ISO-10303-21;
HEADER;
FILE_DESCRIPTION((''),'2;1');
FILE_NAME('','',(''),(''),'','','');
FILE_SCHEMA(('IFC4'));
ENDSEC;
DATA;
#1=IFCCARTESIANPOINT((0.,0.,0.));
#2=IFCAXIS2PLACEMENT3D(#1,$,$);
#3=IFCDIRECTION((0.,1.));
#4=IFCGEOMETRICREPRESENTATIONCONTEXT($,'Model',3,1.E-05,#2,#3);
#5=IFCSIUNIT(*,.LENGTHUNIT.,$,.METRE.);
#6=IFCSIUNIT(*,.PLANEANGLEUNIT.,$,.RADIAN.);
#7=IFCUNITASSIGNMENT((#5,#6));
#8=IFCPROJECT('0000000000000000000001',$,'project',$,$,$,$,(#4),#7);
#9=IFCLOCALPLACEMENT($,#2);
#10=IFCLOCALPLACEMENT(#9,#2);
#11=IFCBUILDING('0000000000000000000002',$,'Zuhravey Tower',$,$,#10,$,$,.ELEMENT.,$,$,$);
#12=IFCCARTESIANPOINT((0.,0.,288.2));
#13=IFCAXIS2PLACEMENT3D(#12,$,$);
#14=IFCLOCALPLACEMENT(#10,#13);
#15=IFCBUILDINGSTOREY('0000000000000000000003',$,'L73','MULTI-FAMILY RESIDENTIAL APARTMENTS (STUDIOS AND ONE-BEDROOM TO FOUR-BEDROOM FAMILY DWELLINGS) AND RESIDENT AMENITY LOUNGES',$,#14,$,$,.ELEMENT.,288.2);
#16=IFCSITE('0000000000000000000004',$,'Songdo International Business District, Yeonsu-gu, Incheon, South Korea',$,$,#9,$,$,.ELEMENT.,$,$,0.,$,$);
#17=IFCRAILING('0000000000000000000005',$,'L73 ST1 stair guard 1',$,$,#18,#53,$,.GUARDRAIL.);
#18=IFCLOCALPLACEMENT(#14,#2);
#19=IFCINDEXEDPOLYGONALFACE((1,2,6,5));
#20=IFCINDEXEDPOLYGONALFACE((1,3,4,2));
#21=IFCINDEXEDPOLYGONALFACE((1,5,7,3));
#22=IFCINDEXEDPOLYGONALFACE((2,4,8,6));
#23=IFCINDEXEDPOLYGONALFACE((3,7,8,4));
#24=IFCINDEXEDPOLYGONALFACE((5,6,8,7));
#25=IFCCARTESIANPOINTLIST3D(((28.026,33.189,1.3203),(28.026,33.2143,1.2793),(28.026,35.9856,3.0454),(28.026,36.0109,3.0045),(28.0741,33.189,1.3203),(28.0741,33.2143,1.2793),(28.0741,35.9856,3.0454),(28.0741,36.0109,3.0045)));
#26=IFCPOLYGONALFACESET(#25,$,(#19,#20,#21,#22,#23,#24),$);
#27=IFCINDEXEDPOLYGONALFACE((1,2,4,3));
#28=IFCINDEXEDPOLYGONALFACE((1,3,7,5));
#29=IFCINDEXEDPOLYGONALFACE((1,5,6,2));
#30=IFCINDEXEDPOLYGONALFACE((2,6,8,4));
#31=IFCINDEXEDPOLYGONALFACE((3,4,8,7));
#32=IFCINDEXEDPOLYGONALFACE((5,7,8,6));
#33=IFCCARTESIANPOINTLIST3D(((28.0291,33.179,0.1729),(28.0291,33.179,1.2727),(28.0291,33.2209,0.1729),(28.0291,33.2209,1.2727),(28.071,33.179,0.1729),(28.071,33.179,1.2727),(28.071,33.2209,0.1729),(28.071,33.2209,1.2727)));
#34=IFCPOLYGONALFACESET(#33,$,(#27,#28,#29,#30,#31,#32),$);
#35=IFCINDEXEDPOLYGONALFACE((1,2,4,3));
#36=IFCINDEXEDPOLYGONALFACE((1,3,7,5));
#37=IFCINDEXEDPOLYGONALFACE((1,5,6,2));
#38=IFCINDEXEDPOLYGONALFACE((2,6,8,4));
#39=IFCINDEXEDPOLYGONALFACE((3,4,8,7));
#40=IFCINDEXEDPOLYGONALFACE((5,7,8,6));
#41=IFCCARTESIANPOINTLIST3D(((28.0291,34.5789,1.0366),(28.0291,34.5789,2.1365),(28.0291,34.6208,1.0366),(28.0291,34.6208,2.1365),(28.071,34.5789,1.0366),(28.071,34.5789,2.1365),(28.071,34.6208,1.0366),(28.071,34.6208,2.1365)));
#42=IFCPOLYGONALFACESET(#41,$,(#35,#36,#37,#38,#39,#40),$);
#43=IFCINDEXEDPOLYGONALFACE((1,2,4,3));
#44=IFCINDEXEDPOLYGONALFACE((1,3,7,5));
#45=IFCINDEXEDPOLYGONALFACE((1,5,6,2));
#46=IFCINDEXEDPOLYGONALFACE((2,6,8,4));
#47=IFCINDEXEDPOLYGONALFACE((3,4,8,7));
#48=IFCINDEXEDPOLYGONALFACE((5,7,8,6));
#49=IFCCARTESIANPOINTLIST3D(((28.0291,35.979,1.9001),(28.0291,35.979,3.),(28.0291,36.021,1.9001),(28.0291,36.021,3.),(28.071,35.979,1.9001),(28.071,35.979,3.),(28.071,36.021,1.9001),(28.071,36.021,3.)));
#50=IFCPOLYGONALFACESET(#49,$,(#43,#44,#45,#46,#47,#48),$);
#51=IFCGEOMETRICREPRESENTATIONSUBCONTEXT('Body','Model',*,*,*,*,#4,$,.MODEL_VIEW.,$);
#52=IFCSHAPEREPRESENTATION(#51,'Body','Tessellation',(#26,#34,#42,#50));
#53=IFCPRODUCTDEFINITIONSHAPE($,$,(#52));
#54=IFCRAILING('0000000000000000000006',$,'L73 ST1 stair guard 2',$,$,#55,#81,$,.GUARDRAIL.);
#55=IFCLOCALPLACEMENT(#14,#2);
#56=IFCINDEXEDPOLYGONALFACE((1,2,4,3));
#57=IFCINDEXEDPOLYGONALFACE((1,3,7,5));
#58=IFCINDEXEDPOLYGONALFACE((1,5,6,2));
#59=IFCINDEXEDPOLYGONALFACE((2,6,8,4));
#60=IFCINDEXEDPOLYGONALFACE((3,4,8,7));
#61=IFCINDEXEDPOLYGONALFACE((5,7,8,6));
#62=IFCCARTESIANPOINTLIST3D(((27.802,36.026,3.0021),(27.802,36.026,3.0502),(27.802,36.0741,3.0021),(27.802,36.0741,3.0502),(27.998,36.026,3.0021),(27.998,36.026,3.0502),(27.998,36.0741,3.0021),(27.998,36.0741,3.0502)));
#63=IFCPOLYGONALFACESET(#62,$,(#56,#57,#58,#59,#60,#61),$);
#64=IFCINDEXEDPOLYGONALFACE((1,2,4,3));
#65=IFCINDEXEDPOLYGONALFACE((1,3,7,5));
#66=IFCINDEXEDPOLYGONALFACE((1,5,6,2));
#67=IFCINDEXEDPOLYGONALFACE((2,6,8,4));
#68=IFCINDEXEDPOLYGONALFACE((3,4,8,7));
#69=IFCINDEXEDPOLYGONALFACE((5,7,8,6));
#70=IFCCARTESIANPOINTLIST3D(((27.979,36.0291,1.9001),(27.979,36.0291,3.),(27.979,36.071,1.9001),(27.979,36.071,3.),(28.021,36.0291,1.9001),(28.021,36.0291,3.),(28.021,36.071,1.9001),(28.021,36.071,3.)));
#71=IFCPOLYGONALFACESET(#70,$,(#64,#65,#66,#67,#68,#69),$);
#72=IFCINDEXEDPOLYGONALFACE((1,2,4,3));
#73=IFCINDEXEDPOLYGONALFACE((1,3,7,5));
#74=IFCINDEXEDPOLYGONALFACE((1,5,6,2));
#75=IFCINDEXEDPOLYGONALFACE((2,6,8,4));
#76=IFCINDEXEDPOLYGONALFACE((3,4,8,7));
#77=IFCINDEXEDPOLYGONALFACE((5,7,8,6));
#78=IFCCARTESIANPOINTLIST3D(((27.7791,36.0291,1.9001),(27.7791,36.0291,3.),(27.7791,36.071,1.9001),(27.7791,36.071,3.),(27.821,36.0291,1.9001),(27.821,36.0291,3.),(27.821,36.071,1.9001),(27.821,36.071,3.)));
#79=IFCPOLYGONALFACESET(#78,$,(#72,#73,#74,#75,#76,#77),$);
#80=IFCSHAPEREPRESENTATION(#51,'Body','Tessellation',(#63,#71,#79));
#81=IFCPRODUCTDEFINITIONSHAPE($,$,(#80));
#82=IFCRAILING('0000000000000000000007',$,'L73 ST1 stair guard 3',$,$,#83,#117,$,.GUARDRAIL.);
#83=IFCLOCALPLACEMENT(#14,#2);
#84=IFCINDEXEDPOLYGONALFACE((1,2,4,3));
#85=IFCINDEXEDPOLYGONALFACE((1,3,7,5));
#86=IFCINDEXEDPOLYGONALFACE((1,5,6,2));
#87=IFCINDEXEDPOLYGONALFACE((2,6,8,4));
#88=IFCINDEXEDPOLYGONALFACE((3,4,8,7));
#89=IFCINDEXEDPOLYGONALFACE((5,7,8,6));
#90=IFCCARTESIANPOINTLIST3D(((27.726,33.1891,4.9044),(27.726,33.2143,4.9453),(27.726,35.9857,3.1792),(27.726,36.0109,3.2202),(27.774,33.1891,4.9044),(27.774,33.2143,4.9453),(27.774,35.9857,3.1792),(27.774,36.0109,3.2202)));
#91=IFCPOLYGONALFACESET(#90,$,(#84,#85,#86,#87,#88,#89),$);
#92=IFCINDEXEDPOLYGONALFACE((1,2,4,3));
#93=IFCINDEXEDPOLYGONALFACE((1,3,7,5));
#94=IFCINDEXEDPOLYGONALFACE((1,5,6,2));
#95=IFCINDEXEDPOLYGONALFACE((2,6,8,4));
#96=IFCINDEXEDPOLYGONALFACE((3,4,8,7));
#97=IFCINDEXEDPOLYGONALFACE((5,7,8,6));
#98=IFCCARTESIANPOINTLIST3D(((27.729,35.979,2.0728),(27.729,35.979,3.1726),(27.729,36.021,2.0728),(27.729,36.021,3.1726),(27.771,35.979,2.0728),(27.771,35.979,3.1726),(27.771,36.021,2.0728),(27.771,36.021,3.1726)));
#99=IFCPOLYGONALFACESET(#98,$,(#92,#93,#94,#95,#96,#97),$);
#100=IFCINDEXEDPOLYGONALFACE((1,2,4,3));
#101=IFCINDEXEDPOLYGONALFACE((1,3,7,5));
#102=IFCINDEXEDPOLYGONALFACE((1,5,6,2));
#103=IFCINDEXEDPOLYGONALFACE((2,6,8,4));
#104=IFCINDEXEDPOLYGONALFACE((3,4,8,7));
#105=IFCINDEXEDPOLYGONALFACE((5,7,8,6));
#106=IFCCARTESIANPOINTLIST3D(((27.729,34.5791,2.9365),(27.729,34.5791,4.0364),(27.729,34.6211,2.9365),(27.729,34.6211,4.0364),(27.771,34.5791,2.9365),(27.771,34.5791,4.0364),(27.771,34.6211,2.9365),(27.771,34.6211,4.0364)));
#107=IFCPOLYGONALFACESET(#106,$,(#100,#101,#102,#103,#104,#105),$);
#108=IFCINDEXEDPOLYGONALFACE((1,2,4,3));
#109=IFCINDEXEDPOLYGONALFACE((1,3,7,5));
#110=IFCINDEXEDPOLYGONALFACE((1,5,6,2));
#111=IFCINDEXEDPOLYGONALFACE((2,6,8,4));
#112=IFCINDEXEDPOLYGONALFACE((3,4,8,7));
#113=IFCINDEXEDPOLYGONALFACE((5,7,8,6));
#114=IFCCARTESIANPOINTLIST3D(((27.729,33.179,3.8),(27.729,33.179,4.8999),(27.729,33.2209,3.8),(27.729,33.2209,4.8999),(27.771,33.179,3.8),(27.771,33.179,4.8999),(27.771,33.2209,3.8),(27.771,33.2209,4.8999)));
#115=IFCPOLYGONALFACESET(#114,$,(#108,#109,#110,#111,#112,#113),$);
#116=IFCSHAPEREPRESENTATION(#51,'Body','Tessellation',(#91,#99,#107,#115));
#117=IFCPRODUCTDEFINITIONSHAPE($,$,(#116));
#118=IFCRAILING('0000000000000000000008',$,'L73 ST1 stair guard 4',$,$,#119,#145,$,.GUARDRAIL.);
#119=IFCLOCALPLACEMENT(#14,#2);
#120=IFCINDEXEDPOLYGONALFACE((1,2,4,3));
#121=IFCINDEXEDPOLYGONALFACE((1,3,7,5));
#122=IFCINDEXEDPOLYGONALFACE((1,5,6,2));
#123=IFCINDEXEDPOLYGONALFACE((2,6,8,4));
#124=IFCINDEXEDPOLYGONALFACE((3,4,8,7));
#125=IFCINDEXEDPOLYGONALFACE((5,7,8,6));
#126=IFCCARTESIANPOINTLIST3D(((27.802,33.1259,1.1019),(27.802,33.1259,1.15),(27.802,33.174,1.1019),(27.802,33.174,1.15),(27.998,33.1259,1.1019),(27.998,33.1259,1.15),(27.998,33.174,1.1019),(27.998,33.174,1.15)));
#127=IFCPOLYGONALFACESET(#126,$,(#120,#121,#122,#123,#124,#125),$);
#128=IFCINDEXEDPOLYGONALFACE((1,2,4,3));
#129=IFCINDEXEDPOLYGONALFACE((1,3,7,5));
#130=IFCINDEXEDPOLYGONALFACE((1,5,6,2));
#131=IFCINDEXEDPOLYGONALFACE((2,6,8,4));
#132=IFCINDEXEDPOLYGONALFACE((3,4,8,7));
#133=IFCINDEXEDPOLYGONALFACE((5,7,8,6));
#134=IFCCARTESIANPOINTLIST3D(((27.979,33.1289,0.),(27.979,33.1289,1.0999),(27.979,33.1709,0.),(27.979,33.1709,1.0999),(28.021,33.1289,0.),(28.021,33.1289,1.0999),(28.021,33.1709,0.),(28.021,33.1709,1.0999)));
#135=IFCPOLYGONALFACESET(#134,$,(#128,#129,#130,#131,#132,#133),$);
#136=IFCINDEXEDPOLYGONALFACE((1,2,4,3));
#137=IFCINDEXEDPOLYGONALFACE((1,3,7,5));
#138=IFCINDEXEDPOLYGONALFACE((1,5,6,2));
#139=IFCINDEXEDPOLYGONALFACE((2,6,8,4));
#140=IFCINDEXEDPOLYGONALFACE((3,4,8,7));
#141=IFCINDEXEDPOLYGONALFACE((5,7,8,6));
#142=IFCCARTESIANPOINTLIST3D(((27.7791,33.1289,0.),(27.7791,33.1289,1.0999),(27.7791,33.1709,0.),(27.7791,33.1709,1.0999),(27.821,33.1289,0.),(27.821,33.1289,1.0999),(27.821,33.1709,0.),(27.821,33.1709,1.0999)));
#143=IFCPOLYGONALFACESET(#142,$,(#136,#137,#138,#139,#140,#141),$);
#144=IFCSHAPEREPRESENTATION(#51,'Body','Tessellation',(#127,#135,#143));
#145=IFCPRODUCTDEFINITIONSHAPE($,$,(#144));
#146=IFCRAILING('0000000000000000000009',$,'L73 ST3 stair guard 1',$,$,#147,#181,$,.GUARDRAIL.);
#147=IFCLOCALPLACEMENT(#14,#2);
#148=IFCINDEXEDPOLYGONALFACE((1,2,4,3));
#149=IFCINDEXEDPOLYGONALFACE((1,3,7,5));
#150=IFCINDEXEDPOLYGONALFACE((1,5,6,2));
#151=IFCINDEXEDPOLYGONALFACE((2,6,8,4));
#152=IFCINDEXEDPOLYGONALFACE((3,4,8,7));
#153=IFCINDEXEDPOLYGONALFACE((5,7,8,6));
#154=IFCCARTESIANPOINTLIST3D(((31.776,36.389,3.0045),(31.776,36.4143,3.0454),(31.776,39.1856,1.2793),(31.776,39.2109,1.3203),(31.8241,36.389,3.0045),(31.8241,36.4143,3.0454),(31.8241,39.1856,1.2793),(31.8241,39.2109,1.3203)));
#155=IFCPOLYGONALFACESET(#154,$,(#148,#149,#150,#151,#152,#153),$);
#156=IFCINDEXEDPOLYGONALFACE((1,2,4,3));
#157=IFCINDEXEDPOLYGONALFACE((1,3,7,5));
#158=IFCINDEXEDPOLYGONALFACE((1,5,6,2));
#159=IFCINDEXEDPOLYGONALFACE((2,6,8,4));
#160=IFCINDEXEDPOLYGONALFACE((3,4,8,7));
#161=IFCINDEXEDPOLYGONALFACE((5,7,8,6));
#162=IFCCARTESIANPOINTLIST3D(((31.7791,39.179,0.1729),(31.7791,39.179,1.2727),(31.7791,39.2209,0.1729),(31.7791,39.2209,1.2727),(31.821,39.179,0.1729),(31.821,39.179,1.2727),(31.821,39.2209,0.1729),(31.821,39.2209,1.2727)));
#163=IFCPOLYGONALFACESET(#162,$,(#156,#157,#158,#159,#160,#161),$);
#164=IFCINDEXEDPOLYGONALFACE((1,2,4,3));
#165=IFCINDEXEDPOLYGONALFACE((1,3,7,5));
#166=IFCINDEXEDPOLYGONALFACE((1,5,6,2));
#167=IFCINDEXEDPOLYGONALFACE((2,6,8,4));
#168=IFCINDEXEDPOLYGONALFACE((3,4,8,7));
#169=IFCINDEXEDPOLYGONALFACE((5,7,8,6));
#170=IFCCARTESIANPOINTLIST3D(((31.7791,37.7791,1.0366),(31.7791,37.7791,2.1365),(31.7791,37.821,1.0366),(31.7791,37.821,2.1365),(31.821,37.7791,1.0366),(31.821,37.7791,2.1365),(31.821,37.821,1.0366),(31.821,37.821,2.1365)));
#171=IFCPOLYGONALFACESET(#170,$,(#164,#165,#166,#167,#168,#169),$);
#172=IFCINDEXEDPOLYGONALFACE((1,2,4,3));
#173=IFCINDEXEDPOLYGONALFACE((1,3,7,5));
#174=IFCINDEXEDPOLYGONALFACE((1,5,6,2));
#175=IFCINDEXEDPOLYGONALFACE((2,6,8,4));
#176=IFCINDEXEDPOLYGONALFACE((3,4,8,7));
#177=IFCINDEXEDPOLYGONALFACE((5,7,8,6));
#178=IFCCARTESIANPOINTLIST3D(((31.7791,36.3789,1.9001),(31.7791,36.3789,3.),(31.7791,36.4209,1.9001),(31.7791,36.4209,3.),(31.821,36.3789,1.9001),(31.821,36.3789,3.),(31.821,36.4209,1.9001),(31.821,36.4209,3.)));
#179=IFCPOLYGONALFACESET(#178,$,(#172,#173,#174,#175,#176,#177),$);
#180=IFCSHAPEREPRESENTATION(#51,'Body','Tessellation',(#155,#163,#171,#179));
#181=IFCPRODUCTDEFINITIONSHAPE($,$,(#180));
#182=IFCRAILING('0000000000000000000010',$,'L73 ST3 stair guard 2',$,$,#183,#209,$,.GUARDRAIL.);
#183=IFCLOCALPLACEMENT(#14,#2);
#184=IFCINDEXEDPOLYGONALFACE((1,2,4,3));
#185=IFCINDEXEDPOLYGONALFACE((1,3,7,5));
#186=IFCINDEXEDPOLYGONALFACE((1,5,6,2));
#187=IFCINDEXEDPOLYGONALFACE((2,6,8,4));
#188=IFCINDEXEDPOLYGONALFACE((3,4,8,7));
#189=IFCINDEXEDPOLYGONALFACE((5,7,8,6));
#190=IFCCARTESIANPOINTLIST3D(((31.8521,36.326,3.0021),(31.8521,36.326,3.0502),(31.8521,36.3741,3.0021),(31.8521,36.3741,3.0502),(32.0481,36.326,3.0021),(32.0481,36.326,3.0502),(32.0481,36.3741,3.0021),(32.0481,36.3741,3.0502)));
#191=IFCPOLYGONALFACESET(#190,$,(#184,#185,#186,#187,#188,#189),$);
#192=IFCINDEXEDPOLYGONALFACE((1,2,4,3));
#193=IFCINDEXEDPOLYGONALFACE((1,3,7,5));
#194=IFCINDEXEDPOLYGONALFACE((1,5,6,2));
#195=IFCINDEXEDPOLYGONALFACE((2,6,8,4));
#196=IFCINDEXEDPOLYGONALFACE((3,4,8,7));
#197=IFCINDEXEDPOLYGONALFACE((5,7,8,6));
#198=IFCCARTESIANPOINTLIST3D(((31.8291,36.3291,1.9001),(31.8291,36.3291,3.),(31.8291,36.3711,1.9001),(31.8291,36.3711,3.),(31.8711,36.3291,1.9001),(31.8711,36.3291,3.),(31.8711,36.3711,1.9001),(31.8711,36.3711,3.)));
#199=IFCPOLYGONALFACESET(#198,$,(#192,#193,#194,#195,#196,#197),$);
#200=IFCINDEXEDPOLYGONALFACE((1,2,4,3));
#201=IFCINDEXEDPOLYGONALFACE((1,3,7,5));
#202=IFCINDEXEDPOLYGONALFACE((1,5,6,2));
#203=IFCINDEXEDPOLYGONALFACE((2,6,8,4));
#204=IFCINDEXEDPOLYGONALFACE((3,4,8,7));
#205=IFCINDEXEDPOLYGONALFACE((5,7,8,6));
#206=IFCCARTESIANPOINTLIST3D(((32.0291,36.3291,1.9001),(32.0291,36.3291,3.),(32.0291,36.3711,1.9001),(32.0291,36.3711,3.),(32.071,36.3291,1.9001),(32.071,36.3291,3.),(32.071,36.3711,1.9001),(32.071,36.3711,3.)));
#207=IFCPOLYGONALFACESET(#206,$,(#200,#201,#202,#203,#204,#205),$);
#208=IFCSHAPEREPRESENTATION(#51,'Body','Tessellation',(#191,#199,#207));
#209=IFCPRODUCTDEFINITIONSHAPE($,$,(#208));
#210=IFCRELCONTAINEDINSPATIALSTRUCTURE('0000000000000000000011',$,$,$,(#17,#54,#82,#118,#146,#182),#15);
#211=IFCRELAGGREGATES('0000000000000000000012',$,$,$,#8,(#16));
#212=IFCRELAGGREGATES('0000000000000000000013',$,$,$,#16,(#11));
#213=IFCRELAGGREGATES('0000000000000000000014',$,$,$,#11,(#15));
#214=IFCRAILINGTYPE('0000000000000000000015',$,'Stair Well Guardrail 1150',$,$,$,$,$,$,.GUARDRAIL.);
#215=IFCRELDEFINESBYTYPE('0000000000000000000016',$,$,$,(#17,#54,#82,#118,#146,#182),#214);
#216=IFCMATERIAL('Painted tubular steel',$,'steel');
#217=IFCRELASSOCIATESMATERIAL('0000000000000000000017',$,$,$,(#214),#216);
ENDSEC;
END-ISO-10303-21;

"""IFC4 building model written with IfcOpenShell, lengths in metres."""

from ifc_helpers import new_model, si_unit, direction, frame, origin, origin_2d, place, context, subcontext, project, spatial, rectangle, extrude, material, type_object, element, save


model = new_model("IFC4")

# Units and contexts
model_context = context("Model", 3, precision=1e-05, world=origin(), true_north=direction((0.0, 1.0)))
body_context = subcontext(model_context, "Body", "Model", "MODEL_VIEW")
ifc_project = project(units=[si_unit("LENGTHUNIT", "METRE"), si_unit("PLANEANGLEUNIT", "RADIAN")], contexts=[model_context])

# Site, building, storey
site_placement = place(None, origin())
site = spatial("IfcSite", under=ifc_project, at=site_placement, Name="Songdo International Business District, Yeonsu-gu, Incheon, South Korea", CompositionType="ELEMENT", RefElevation=0.0)
building_placement = place(site_placement, origin())
building = spatial("IfcBuilding", under=site, at=building_placement, Name="Zuhravey Tower", CompositionType="ELEMENT")
storey_placement = place(building_placement, frame((0.0, 0.0, 288.2)))
storey = spatial("IfcBuildingStorey", under=building, at=storey_placement, Name="L73", Description="MULTI-FAMILY RESIDENTIAL APARTMENTS (STUDIOS AND ONE-BEDROOM TO FOUR-BEDROOM FAMILY DWELLINGS) AND RESIDENT AMENITY LOUNGES", CompositionType="ELEMENT", Elevation=288.2)

# Railings
ifc_material_1 = material(Name="Painted tubular steel", Category="steel")
railing_type_1 = type_object("IfcRailingType", Name="Stair Well Guardrail 1150", PredefinedType="GUARDRAIL", material=ifc_material_1)
railing_1_placement = place(storey_placement, frame((28.05, 33.2, 0.1729)))
element("IfcRailing", 1, at=railing_1_placement, inside=storey, type_object=railing_type_1, Name="L73 ST1 stair guard 1", PredefinedType="GUARDRAIL", context=body_context, shape_type="SweptSolid", body=[
    extrude(rectangle(XDim=0.0481, YDim=0.0481, at=origin_2d()), frame((0.0, 0.0017, 1.127), z_axis=(0.0, 0.85109, 0.52502), x_axis=(-1.0, 0.0, 0.0)), (0.0, 0.0, 1.0), 3.2859),
    extrude(rectangle(XDim=0.042, YDim=0.042, at=origin_2d()), origin(), (0.0, 0.0, 1.0), 1.0999),
    extrude(rectangle(XDim=0.042, YDim=0.042, at=origin_2d()), frame((0.0, 1.3999, 0.8638)), (0.0, 0.0, 1.0), 1.0999),
    extrude(rectangle(XDim=0.042, YDim=0.042, at=origin_2d()), frame((0.0, 2.8, 1.7273)), (0.0, 0.0, 1.0), 1.0999),
])
railing_2_placement = place(storey_placement, frame((28.0, 36.05, 1.9001)))
element("IfcRailing", 2, at=railing_2_placement, inside=storey, type_object=railing_type_1, Name="L73 ST1 stair guard 2", PredefinedType="GUARDRAIL", context=body_context, shape_type="SweptSolid", body=[
    extrude(rectangle(XDim=0.0481, YDim=0.0481, at=origin_2d()), frame((-0.002, 0.0, 1.126), z_axis=(-1.0, 0.0, 0.0), x_axis=(0.0, -1.0, 0.0)), (0.0, 0.0, 1.0), 0.196),
    extrude(rectangle(XDim=0.042, YDim=0.042, at=origin_2d()), origin(), (0.0, 0.0, 1.0), 1.0999),
    extrude(rectangle(XDim=0.042, YDim=0.042, at=origin_2d()), frame((-0.2, 0.0, 0.0)), (0.0, 0.0, 1.0), 1.0999),
])
railing_3_placement = place(storey_placement, frame((27.75, 36.0, 2.0728)))
element("IfcRailing", 3, at=railing_3_placement, inside=storey, type_object=railing_type_1, Name="L73 ST1 stair guard 3", PredefinedType="GUARDRAIL", context=body_context, shape_type="SweptSolid", body=[
    extrude(rectangle(XDim=0.0481, YDim=0.0481, at=origin_2d()), frame((0.0, -0.0017, 1.127), z_axis=(0.0, -0.85109, 0.52502), x_axis=(1.0, 0.0, 0.0)), (0.0, 0.0, 1.0), 3.2859),
    extrude(rectangle(XDim=0.042, YDim=0.042, at=origin_2d()), origin(), (0.0, 0.0, 1.0), 1.0999),
    extrude(rectangle(XDim=0.042, YDim=0.042, at=origin_2d()), frame((0.0, -1.3999, 0.8638)), (0.0, 0.0, 1.0), 1.0999),
    extrude(rectangle(XDim=0.042, YDim=0.042, at=origin_2d()), frame((0.0, -2.8, 1.7273)), (0.0, 0.0, 1.0), 1.0999),
])
railing_4_placement = place(storey_placement, frame((28.0, 33.1499, 0.0)))
element("IfcRailing", 4, at=railing_4_placement, inside=storey, type_object=railing_type_1, Name="L73 ST1 stair guard 4", PredefinedType="GUARDRAIL", context=body_context, shape_type="SweptSolid", body=[
    extrude(rectangle(XDim=0.0481, YDim=0.0481, at=origin_2d()), frame((-0.002, 0.0, 1.126), z_axis=(-1.0, 0.0, 0.0), x_axis=(0.0, -1.0, 0.0)), (0.0, 0.0, 1.0), 0.196),
    extrude(rectangle(XDim=0.042, YDim=0.042, at=origin_2d()), origin(), (0.0, 0.0, 1.0), 1.0999),
    extrude(rectangle(XDim=0.042, YDim=0.042, at=origin_2d()), frame((-0.2, 0.0, 0.0)), (0.0, 0.0, 1.0), 1.0999),
])
railing_5_placement = place(storey_placement, frame((31.8, 39.2, 0.1729)))
element("IfcRailing", 5, at=railing_5_placement, inside=storey, type_object=railing_type_1, Name="L73 ST3 stair guard 1", PredefinedType="GUARDRAIL", context=body_context, shape_type="SweptSolid", body=[
    extrude(rectangle(XDim=0.0481, YDim=0.0481, at=origin_2d()), frame((0.0, -0.0017, 1.127), z_axis=(0.0, -0.85109, 0.52502), x_axis=(1.0, 0.0, 0.0)), (0.0, 0.0, 1.0), 3.2859),
    extrude(rectangle(XDim=0.042, YDim=0.042, at=origin_2d()), origin(), (0.0, 0.0, 1.0), 1.0999),
    extrude(rectangle(XDim=0.042, YDim=0.042, at=origin_2d()), frame((0.0, -1.3999, 0.8638)), (0.0, 0.0, 1.0), 1.0999),
    extrude(rectangle(XDim=0.042, YDim=0.042, at=origin_2d()), frame((0.0, -2.8, 1.7273)), (0.0, 0.0, 1.0), 1.0999),
])
railing_6_placement = place(storey_placement, frame((31.8501, 36.3501, 1.9001)))
element("IfcRailing", 6, at=railing_6_placement, inside=storey, type_object=railing_type_1, Name="L73 ST3 stair guard 2", PredefinedType="GUARDRAIL", context=body_context, shape_type="SweptSolid", body=[
    extrude(rectangle(XDim=0.0481, YDim=0.0481, at=origin_2d()), frame((0.002, 0.0, 1.126), z_axis=(1.0, 0.0, 0.0), x_axis=(0.0, 1.0, 0.0)), (0.0, 0.0, 1.0), 0.196),
    extrude(rectangle(XDim=0.042, YDim=0.042, at=origin_2d()), origin(), (0.0, 0.0, 1.0), 1.0999),
    extrude(rectangle(XDim=0.042, YDim=0.042, at=origin_2d()), frame((0.2, 0.0, 0.0)), (0.0, 0.0, 1.0), 1.0999),
])

save(model, "model.ifc")
